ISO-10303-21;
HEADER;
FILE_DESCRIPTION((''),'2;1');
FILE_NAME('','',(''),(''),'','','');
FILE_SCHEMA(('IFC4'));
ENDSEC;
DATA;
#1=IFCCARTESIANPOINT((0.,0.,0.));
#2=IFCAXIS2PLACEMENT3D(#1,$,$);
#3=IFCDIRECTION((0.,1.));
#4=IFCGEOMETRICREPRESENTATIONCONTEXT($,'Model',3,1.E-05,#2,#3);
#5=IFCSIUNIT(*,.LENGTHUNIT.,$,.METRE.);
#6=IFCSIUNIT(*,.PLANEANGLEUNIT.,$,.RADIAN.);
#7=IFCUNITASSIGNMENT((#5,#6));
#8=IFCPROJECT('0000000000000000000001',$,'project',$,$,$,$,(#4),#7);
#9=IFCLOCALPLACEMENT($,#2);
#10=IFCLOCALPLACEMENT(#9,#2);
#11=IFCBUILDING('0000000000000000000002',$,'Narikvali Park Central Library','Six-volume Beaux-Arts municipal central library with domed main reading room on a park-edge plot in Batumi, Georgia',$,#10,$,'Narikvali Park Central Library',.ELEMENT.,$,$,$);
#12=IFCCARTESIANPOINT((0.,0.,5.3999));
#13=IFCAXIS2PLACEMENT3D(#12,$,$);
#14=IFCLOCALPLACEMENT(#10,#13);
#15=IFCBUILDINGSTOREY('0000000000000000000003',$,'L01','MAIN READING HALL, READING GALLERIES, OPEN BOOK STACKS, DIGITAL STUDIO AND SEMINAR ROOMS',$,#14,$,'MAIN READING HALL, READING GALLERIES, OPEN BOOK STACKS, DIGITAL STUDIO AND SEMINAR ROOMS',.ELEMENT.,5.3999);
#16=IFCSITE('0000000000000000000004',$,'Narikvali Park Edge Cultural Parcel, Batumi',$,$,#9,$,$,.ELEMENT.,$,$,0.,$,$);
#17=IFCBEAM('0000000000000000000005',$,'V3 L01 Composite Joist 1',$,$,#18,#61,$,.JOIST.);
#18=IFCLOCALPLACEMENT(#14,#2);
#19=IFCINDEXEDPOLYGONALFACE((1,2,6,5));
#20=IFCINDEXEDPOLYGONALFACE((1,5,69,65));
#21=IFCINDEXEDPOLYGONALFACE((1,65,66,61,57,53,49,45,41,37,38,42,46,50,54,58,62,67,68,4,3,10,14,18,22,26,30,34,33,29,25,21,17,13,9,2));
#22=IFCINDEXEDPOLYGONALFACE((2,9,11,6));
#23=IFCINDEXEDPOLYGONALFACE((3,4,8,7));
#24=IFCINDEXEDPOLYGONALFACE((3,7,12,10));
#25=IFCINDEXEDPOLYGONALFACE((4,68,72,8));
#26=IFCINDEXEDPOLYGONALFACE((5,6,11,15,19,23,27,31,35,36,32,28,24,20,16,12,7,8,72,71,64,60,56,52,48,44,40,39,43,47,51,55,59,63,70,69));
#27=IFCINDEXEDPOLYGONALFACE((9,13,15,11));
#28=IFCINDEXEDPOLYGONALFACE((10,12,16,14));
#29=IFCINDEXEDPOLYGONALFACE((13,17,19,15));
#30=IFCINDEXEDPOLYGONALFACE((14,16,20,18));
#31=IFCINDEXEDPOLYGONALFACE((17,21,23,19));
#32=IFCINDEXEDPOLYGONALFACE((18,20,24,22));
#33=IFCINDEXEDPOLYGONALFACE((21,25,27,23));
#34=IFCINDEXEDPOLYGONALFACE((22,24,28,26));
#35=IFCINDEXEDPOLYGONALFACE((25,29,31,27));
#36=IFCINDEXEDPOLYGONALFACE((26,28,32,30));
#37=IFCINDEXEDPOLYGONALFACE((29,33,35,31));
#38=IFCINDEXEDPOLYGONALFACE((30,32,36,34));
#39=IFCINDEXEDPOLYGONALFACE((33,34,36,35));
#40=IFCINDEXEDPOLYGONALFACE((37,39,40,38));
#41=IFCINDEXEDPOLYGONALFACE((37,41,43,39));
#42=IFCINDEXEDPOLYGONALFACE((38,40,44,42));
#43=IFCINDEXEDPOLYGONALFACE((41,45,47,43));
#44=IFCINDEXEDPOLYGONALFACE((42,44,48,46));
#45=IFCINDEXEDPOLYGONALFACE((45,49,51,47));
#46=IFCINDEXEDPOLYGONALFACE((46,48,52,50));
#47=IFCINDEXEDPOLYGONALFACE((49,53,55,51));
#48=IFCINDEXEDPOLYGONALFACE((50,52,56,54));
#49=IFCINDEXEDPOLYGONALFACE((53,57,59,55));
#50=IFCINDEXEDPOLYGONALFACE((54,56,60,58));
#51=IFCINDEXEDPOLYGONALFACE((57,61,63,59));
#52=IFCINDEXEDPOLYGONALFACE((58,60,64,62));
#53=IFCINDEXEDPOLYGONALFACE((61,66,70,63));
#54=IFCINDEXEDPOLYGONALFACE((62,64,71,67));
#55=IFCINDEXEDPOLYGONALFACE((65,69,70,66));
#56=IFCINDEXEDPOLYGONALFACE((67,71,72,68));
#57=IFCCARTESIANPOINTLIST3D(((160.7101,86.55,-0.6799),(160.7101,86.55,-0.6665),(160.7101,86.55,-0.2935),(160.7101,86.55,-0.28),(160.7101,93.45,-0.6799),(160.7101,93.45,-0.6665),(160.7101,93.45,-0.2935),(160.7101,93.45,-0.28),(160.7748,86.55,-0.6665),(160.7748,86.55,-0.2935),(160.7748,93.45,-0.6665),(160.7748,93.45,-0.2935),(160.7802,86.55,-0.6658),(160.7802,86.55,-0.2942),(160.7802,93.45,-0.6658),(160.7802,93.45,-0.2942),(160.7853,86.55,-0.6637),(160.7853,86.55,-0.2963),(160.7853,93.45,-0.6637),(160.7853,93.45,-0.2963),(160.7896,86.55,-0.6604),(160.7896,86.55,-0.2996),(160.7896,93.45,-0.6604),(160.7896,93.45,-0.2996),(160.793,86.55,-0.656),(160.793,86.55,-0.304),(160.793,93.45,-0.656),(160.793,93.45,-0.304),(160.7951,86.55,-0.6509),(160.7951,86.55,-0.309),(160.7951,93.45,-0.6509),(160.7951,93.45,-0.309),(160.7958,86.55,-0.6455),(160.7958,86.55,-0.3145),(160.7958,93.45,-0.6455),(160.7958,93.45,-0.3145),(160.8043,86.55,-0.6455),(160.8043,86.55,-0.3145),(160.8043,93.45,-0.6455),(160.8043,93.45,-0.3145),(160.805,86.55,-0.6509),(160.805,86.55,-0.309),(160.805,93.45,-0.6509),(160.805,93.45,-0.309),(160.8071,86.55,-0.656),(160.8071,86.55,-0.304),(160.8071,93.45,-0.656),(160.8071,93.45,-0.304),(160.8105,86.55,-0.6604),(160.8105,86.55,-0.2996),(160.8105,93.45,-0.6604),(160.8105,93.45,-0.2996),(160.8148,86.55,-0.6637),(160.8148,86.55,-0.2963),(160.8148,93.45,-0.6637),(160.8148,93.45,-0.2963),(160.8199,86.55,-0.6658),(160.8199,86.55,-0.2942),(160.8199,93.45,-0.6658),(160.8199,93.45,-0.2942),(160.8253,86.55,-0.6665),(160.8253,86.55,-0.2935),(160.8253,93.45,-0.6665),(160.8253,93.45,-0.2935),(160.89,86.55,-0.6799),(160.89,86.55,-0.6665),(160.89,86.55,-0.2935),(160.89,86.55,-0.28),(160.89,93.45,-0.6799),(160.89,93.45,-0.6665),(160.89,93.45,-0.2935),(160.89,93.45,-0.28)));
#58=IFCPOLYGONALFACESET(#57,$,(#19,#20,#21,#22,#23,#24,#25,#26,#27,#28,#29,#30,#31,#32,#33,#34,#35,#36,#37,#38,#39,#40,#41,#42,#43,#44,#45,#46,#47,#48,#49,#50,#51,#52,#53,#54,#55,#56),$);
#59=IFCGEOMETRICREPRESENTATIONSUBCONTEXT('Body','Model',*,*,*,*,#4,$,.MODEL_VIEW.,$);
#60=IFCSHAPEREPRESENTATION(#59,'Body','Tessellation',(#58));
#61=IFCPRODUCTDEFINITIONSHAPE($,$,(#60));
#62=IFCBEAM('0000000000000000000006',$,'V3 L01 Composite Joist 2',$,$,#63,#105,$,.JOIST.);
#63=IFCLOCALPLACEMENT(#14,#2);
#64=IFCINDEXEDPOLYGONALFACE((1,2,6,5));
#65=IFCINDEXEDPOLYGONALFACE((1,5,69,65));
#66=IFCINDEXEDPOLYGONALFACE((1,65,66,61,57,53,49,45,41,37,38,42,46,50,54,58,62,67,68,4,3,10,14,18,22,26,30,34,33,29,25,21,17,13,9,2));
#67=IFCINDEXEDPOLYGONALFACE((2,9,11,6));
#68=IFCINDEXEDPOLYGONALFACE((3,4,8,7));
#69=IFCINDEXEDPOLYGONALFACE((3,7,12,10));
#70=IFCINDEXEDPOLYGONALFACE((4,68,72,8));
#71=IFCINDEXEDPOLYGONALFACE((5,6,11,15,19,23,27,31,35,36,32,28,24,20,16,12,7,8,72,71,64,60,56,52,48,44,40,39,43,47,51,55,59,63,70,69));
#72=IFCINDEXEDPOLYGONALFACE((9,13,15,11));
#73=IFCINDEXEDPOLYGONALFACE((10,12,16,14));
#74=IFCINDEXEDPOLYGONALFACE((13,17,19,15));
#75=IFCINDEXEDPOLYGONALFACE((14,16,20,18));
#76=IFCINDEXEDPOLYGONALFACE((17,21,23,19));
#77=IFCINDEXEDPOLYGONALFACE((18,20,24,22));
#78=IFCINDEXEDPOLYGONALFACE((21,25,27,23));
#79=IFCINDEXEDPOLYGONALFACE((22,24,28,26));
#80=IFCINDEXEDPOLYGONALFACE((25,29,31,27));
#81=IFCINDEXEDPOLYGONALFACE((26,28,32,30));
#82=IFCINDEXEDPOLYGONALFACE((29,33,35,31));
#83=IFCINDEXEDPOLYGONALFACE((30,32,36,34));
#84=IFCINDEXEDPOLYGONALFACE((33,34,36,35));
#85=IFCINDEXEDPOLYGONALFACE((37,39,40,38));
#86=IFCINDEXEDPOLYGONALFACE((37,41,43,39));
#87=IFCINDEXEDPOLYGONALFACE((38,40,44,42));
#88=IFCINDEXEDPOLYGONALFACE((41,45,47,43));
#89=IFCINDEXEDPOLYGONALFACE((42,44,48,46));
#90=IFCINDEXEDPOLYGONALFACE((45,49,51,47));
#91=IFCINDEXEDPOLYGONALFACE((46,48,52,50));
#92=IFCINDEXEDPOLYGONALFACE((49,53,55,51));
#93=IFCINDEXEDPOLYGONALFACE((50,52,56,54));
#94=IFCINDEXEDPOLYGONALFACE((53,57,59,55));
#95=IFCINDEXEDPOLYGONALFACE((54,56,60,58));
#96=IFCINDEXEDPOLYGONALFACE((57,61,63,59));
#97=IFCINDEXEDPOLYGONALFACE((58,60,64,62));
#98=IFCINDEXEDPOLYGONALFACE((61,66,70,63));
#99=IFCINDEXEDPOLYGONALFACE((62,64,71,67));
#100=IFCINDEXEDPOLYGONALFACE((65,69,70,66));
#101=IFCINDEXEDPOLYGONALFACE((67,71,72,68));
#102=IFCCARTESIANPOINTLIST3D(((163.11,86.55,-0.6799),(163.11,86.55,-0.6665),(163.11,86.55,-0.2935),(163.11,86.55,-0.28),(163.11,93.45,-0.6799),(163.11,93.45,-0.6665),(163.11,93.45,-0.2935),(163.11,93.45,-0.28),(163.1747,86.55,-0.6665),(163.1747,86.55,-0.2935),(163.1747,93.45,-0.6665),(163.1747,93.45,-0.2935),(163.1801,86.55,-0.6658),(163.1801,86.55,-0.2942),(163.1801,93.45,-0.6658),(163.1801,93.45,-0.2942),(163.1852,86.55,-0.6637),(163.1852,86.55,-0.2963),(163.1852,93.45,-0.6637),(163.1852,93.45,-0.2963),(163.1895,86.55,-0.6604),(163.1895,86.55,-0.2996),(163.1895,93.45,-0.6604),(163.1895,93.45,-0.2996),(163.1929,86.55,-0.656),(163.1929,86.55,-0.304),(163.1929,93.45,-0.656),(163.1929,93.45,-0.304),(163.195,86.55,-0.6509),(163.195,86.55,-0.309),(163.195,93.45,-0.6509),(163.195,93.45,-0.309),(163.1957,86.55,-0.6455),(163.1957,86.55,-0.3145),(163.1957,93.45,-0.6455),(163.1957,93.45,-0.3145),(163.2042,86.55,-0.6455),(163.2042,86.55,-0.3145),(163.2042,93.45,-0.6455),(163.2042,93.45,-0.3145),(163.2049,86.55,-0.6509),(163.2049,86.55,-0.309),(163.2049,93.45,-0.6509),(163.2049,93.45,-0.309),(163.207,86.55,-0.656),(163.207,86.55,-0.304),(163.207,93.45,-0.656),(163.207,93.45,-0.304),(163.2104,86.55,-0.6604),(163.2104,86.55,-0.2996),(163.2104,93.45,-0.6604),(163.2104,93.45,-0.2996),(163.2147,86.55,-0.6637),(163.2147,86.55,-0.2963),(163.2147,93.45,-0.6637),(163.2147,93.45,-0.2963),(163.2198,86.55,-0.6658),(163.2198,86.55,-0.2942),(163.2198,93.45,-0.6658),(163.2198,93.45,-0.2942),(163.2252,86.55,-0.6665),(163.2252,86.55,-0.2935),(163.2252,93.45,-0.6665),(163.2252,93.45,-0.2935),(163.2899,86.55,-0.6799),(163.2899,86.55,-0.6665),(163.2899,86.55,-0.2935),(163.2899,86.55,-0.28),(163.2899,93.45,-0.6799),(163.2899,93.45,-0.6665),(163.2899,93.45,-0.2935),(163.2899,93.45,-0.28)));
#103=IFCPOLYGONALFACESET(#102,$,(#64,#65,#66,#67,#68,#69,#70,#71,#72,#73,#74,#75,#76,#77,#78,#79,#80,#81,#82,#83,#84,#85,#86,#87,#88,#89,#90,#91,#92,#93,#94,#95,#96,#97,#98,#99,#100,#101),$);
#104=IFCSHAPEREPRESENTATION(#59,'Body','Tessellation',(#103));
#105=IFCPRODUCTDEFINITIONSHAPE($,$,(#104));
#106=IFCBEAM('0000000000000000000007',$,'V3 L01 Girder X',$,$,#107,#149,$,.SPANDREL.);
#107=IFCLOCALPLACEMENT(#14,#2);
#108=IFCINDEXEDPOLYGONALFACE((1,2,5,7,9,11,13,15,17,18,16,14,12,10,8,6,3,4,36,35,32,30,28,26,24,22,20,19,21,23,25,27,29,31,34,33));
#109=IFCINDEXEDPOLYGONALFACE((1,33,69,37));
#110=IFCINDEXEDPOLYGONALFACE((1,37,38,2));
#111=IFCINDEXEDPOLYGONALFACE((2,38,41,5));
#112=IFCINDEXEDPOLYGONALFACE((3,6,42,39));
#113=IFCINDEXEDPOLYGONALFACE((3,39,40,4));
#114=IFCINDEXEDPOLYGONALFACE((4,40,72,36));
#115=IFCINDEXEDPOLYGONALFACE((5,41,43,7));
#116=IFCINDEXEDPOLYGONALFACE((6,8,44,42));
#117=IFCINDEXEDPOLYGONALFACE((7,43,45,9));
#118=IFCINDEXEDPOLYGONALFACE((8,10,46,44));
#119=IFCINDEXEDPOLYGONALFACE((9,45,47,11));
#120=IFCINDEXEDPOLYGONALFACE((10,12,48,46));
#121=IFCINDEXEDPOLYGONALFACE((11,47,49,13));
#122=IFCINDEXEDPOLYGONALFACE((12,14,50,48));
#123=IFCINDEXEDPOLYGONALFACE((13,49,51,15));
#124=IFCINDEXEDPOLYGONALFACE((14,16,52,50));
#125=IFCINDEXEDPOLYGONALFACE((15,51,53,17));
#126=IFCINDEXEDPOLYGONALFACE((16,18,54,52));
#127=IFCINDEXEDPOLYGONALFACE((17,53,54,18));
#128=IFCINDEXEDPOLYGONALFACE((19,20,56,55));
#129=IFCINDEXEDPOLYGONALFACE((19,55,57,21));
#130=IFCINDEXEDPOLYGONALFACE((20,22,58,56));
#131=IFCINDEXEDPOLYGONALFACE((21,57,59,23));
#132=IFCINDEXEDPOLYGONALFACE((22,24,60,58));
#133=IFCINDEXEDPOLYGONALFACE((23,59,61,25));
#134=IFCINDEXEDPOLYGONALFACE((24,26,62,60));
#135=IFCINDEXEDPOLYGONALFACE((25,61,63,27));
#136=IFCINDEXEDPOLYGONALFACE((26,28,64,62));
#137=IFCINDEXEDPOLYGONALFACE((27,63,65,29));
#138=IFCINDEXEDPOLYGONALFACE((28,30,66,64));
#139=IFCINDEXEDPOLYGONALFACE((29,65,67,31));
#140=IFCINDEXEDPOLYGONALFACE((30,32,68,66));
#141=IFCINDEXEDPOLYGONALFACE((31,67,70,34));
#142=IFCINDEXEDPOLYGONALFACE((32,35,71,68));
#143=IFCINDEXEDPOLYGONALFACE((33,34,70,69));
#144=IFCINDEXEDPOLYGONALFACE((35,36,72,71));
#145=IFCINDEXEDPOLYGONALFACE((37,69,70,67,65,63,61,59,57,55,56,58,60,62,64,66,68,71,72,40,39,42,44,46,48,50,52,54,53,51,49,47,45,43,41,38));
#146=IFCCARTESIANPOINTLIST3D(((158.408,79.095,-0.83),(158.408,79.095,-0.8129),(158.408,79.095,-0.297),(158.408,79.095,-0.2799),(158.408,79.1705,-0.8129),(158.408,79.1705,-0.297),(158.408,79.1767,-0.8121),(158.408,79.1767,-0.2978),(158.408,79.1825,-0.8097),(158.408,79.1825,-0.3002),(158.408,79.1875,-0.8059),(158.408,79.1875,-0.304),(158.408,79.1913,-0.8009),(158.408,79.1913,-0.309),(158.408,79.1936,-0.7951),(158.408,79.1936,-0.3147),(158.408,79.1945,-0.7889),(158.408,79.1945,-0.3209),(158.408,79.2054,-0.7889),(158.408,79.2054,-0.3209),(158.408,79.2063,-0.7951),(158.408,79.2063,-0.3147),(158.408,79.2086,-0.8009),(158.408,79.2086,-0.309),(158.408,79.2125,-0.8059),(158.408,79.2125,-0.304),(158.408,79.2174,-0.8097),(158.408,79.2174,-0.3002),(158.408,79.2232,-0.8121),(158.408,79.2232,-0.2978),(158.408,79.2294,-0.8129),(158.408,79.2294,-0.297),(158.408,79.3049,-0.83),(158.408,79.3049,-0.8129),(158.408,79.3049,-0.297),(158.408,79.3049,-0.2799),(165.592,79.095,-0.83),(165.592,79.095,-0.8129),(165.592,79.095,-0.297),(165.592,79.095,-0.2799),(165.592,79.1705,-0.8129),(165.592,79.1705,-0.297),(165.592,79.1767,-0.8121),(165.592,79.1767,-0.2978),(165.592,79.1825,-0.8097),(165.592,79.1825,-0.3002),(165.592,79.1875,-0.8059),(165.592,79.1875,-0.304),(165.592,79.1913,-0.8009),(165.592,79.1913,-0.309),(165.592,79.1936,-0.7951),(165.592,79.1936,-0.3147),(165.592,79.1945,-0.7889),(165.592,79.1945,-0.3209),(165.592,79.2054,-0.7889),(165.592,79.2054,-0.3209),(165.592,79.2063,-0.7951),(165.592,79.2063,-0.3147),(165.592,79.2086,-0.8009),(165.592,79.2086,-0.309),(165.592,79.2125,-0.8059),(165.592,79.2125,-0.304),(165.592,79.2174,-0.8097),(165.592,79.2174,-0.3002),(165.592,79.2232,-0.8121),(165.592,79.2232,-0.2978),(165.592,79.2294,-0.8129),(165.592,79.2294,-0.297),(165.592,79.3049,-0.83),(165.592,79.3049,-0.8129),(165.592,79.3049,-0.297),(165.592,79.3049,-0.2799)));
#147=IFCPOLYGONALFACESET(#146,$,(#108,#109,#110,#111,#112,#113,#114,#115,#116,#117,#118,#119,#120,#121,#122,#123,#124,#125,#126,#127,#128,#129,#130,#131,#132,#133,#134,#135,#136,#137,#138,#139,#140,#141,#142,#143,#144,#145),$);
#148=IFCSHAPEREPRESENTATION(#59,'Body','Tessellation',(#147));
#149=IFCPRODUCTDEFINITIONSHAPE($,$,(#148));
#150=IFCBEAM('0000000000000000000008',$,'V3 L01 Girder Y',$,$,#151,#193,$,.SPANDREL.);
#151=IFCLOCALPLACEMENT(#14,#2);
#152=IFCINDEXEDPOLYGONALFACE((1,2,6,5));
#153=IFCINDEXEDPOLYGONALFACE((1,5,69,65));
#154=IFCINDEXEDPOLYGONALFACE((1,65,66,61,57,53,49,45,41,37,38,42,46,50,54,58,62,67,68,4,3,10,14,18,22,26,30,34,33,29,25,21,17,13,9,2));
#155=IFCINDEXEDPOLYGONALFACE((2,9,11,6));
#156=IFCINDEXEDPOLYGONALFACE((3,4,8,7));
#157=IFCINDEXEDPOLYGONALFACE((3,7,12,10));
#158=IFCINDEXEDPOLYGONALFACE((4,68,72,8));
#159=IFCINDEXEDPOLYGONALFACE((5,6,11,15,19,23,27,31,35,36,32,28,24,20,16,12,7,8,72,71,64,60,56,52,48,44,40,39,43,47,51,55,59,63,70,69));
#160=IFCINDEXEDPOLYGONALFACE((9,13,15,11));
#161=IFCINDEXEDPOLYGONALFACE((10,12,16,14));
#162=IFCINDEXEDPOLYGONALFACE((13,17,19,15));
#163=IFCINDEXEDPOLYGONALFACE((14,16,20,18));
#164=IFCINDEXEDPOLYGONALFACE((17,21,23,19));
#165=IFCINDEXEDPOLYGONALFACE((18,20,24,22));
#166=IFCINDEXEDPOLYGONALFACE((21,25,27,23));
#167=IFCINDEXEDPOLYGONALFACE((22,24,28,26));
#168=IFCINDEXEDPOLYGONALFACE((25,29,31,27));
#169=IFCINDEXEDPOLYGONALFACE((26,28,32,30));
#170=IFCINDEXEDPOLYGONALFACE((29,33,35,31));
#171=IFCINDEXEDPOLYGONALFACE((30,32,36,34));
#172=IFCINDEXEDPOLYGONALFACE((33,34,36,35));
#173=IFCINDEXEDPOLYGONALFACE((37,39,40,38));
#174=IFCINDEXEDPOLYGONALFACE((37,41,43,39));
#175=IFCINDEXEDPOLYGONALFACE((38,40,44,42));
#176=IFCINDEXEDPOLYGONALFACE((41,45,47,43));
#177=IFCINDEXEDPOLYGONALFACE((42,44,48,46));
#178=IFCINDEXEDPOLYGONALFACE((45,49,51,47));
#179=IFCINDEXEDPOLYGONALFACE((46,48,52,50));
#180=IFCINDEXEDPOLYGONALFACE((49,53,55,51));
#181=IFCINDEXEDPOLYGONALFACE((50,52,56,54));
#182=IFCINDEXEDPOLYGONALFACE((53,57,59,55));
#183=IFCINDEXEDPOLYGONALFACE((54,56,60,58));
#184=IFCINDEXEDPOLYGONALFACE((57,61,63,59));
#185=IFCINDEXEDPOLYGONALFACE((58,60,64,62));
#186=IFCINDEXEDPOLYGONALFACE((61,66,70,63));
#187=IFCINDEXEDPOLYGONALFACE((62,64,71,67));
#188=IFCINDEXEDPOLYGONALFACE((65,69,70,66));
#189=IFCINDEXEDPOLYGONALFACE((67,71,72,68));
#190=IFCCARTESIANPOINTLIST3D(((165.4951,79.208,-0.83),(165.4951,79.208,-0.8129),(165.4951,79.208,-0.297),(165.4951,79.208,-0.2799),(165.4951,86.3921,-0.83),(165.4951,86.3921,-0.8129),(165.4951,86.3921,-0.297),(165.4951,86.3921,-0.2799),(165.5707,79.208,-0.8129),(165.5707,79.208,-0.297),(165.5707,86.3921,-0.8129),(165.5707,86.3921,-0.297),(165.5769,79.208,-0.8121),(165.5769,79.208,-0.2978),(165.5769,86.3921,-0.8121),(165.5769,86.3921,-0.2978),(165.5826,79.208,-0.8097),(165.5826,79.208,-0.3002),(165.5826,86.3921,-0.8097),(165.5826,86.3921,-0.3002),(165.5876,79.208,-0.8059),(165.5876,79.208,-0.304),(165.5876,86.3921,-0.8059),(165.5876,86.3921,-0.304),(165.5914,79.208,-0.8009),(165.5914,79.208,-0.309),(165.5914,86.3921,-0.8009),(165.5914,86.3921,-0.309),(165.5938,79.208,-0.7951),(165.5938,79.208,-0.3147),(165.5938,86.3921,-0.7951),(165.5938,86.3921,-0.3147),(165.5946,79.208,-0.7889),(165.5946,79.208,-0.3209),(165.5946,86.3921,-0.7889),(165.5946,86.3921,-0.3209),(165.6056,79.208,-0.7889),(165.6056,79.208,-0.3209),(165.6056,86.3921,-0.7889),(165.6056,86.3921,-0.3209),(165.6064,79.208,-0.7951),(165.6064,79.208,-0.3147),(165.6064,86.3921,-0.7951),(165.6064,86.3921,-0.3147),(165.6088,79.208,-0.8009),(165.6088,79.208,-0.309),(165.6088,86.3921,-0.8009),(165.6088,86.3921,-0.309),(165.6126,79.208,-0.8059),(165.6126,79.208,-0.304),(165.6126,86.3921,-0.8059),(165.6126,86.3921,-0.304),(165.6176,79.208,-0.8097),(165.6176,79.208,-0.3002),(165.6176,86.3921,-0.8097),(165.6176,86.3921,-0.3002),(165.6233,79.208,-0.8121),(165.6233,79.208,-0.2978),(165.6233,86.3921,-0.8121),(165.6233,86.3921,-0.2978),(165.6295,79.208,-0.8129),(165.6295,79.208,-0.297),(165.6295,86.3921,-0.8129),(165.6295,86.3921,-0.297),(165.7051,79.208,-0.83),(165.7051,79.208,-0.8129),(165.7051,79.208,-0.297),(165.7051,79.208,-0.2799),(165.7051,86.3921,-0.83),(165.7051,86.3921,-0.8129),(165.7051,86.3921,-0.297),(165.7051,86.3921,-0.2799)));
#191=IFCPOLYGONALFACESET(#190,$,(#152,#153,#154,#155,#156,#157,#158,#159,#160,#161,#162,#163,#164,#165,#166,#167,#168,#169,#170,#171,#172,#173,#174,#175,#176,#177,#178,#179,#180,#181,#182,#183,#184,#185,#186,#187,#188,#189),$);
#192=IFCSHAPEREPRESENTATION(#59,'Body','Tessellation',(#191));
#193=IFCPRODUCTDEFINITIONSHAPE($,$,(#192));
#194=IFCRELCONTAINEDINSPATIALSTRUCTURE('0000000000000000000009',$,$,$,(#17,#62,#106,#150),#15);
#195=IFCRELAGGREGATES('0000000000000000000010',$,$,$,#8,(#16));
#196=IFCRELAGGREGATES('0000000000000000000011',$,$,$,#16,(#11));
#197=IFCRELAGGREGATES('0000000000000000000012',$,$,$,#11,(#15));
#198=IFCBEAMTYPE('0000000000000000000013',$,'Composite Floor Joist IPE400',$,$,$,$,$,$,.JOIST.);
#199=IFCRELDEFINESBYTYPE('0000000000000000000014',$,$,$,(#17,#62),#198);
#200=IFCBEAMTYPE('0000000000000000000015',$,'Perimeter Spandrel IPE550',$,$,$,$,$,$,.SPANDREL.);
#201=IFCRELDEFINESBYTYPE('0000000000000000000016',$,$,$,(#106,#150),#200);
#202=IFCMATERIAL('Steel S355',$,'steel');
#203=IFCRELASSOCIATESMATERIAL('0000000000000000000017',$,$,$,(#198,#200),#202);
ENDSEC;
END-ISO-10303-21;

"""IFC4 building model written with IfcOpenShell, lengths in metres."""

from ifc_helpers import new_model, si_unit, direction, frame, origin, origin_2d, place, context, subcontext, project, spatial, i_section, extrude, material, material_profile, profile_set, type_object, element, save


model = new_model("IFC4")

# Units and contexts
model_context = context("Model", 3, precision=1e-05, world=origin(), true_north=direction((0.0, 1.0)))
body_context = subcontext(model_context, "Body", "Model", "MODEL_VIEW")
ifc_project = project(units=[si_unit("LENGTHUNIT", "METRE"), si_unit("PLANEANGLEUNIT", "RADIAN")], contexts=[model_context])

# Site, building, storey
site_placement = place(None, origin())
site = spatial("IfcSite", under=ifc_project, at=site_placement, Name="Narikvali Park Edge Cultural Parcel, Batumi", CompositionType="ELEMENT", RefElevation=0.0)
building_placement = place(site_placement, origin())
building = spatial("IfcBuilding", under=site, at=building_placement, Name="Narikvali Park Central Library", Description="Six-volume Beaux-Arts municipal central library with domed main reading room on a park-edge plot in Batumi, Georgia", LongName="Narikvali Park Central Library", CompositionType="ELEMENT")
storey_placement = place(building_placement, frame((0.0, 0.0, 5.3999)))
storey = spatial("IfcBuildingStorey", under=building, at=storey_placement, Name="L01", Description="MAIN READING HALL, READING GALLERIES, OPEN BOOK STACKS, DIGITAL STUDIO AND SEMINAR ROOMS", LongName="MAIN READING HALL, READING GALLERIES, OPEN BOOK STACKS, DIGITAL STUDIO AND SEMINAR ROOMS", CompositionType="ELEMENT", Elevation=5.3999)

# Shared definitions
ifc_material_1 = material(Name="Steel S355", Category="steel")

# Beams
ifc_material_profile_1 = material_profile(ifc_material_1, i_section(OverallWidth=0.1799, OverallDepth=0.3999, WebThickness=0.0085, FlangeThickness=0.0134, FilletRadius=0.021, at=origin_2d()), Name="IPE 400")
ifc_profile_set_1 = profile_set([ifc_material_profile_1], Name="Steel S355")
beam_type_1 = type_object("IfcBeamType", Name="Composite Floor Joist IPE400", PredefinedType="JOIST", material=ifc_profile_set_1)
for number, where, z_axis, x_axis, name in (
    (1, (160.8, 86.55, -0.48), (0.0, 1.0, 0.0), (-1.0, 0.0, 0.0), "V3 L01 Composite Joist 1"),
    (2, (163.2, 86.55, -0.48), (0.0, 1.0, 0.0), (-1.0, 0.0, 0.0), "V3 L01 Composite Joist 2"),
):
    element("IfcBeam", number, at=place(storey_placement, frame(where, z_axis=z_axis, x_axis=x_axis)), inside=storey, type_object=beam_type_1, Name=name, PredefinedType="JOIST", context=body_context, shape_type="SweptSolid", body=[
        extrude(i_section(OverallWidth=0.1799, OverallDepth=0.3999, WebThickness=0.0085, FlangeThickness=0.0134, FilletRadius=0.021, at=origin_2d()), origin(), (0.0, 0.0, 1.0), 6.8999),
    ])
ifc_material_profile_2 = material_profile(ifc_material_1, i_section(OverallWidth=0.21, OverallDepth=0.55, WebThickness=0.011, FlangeThickness=0.0171, FilletRadius=0.0239, at=origin_2d()), Name="IPE 550")
ifc_profile_set_2 = profile_set([ifc_material_profile_2], Name="Steel S355")
beam_type_2 = type_object("IfcBeamType", Name="Perimeter Spandrel IPE550", PredefinedType="SPANDREL", material=ifc_profile_set_2)
for number, where, z_axis, x_axis, name in (
    (3, (158.408, 79.2, -0.5549), (1.0, 0.0, 0.0), (0.0, 1.0, 0.0), "V3 L01 Girder X"),
    (4, (165.6001, 79.208, -0.5549), (0.0, 1.0, 0.0), (-1.0, 0.0, 0.0), "V3 L01 Girder Y"),
):
    element("IfcBeam", number, at=place(storey_placement, frame(where, z_axis=z_axis, x_axis=x_axis)), inside=storey, type_object=beam_type_2, Name=name, PredefinedType="SPANDREL", context=body_context, shape_type="SweptSolid", body=[
        extrude(i_section(OverallWidth=0.21, OverallDepth=0.55, WebThickness=0.011, FlangeThickness=0.0171, FilletRadius=0.0239, at=origin_2d()), origin(), (0.0, 0.0, 1.0), 7.1841),
    ])

save(model, "model.ifc")
